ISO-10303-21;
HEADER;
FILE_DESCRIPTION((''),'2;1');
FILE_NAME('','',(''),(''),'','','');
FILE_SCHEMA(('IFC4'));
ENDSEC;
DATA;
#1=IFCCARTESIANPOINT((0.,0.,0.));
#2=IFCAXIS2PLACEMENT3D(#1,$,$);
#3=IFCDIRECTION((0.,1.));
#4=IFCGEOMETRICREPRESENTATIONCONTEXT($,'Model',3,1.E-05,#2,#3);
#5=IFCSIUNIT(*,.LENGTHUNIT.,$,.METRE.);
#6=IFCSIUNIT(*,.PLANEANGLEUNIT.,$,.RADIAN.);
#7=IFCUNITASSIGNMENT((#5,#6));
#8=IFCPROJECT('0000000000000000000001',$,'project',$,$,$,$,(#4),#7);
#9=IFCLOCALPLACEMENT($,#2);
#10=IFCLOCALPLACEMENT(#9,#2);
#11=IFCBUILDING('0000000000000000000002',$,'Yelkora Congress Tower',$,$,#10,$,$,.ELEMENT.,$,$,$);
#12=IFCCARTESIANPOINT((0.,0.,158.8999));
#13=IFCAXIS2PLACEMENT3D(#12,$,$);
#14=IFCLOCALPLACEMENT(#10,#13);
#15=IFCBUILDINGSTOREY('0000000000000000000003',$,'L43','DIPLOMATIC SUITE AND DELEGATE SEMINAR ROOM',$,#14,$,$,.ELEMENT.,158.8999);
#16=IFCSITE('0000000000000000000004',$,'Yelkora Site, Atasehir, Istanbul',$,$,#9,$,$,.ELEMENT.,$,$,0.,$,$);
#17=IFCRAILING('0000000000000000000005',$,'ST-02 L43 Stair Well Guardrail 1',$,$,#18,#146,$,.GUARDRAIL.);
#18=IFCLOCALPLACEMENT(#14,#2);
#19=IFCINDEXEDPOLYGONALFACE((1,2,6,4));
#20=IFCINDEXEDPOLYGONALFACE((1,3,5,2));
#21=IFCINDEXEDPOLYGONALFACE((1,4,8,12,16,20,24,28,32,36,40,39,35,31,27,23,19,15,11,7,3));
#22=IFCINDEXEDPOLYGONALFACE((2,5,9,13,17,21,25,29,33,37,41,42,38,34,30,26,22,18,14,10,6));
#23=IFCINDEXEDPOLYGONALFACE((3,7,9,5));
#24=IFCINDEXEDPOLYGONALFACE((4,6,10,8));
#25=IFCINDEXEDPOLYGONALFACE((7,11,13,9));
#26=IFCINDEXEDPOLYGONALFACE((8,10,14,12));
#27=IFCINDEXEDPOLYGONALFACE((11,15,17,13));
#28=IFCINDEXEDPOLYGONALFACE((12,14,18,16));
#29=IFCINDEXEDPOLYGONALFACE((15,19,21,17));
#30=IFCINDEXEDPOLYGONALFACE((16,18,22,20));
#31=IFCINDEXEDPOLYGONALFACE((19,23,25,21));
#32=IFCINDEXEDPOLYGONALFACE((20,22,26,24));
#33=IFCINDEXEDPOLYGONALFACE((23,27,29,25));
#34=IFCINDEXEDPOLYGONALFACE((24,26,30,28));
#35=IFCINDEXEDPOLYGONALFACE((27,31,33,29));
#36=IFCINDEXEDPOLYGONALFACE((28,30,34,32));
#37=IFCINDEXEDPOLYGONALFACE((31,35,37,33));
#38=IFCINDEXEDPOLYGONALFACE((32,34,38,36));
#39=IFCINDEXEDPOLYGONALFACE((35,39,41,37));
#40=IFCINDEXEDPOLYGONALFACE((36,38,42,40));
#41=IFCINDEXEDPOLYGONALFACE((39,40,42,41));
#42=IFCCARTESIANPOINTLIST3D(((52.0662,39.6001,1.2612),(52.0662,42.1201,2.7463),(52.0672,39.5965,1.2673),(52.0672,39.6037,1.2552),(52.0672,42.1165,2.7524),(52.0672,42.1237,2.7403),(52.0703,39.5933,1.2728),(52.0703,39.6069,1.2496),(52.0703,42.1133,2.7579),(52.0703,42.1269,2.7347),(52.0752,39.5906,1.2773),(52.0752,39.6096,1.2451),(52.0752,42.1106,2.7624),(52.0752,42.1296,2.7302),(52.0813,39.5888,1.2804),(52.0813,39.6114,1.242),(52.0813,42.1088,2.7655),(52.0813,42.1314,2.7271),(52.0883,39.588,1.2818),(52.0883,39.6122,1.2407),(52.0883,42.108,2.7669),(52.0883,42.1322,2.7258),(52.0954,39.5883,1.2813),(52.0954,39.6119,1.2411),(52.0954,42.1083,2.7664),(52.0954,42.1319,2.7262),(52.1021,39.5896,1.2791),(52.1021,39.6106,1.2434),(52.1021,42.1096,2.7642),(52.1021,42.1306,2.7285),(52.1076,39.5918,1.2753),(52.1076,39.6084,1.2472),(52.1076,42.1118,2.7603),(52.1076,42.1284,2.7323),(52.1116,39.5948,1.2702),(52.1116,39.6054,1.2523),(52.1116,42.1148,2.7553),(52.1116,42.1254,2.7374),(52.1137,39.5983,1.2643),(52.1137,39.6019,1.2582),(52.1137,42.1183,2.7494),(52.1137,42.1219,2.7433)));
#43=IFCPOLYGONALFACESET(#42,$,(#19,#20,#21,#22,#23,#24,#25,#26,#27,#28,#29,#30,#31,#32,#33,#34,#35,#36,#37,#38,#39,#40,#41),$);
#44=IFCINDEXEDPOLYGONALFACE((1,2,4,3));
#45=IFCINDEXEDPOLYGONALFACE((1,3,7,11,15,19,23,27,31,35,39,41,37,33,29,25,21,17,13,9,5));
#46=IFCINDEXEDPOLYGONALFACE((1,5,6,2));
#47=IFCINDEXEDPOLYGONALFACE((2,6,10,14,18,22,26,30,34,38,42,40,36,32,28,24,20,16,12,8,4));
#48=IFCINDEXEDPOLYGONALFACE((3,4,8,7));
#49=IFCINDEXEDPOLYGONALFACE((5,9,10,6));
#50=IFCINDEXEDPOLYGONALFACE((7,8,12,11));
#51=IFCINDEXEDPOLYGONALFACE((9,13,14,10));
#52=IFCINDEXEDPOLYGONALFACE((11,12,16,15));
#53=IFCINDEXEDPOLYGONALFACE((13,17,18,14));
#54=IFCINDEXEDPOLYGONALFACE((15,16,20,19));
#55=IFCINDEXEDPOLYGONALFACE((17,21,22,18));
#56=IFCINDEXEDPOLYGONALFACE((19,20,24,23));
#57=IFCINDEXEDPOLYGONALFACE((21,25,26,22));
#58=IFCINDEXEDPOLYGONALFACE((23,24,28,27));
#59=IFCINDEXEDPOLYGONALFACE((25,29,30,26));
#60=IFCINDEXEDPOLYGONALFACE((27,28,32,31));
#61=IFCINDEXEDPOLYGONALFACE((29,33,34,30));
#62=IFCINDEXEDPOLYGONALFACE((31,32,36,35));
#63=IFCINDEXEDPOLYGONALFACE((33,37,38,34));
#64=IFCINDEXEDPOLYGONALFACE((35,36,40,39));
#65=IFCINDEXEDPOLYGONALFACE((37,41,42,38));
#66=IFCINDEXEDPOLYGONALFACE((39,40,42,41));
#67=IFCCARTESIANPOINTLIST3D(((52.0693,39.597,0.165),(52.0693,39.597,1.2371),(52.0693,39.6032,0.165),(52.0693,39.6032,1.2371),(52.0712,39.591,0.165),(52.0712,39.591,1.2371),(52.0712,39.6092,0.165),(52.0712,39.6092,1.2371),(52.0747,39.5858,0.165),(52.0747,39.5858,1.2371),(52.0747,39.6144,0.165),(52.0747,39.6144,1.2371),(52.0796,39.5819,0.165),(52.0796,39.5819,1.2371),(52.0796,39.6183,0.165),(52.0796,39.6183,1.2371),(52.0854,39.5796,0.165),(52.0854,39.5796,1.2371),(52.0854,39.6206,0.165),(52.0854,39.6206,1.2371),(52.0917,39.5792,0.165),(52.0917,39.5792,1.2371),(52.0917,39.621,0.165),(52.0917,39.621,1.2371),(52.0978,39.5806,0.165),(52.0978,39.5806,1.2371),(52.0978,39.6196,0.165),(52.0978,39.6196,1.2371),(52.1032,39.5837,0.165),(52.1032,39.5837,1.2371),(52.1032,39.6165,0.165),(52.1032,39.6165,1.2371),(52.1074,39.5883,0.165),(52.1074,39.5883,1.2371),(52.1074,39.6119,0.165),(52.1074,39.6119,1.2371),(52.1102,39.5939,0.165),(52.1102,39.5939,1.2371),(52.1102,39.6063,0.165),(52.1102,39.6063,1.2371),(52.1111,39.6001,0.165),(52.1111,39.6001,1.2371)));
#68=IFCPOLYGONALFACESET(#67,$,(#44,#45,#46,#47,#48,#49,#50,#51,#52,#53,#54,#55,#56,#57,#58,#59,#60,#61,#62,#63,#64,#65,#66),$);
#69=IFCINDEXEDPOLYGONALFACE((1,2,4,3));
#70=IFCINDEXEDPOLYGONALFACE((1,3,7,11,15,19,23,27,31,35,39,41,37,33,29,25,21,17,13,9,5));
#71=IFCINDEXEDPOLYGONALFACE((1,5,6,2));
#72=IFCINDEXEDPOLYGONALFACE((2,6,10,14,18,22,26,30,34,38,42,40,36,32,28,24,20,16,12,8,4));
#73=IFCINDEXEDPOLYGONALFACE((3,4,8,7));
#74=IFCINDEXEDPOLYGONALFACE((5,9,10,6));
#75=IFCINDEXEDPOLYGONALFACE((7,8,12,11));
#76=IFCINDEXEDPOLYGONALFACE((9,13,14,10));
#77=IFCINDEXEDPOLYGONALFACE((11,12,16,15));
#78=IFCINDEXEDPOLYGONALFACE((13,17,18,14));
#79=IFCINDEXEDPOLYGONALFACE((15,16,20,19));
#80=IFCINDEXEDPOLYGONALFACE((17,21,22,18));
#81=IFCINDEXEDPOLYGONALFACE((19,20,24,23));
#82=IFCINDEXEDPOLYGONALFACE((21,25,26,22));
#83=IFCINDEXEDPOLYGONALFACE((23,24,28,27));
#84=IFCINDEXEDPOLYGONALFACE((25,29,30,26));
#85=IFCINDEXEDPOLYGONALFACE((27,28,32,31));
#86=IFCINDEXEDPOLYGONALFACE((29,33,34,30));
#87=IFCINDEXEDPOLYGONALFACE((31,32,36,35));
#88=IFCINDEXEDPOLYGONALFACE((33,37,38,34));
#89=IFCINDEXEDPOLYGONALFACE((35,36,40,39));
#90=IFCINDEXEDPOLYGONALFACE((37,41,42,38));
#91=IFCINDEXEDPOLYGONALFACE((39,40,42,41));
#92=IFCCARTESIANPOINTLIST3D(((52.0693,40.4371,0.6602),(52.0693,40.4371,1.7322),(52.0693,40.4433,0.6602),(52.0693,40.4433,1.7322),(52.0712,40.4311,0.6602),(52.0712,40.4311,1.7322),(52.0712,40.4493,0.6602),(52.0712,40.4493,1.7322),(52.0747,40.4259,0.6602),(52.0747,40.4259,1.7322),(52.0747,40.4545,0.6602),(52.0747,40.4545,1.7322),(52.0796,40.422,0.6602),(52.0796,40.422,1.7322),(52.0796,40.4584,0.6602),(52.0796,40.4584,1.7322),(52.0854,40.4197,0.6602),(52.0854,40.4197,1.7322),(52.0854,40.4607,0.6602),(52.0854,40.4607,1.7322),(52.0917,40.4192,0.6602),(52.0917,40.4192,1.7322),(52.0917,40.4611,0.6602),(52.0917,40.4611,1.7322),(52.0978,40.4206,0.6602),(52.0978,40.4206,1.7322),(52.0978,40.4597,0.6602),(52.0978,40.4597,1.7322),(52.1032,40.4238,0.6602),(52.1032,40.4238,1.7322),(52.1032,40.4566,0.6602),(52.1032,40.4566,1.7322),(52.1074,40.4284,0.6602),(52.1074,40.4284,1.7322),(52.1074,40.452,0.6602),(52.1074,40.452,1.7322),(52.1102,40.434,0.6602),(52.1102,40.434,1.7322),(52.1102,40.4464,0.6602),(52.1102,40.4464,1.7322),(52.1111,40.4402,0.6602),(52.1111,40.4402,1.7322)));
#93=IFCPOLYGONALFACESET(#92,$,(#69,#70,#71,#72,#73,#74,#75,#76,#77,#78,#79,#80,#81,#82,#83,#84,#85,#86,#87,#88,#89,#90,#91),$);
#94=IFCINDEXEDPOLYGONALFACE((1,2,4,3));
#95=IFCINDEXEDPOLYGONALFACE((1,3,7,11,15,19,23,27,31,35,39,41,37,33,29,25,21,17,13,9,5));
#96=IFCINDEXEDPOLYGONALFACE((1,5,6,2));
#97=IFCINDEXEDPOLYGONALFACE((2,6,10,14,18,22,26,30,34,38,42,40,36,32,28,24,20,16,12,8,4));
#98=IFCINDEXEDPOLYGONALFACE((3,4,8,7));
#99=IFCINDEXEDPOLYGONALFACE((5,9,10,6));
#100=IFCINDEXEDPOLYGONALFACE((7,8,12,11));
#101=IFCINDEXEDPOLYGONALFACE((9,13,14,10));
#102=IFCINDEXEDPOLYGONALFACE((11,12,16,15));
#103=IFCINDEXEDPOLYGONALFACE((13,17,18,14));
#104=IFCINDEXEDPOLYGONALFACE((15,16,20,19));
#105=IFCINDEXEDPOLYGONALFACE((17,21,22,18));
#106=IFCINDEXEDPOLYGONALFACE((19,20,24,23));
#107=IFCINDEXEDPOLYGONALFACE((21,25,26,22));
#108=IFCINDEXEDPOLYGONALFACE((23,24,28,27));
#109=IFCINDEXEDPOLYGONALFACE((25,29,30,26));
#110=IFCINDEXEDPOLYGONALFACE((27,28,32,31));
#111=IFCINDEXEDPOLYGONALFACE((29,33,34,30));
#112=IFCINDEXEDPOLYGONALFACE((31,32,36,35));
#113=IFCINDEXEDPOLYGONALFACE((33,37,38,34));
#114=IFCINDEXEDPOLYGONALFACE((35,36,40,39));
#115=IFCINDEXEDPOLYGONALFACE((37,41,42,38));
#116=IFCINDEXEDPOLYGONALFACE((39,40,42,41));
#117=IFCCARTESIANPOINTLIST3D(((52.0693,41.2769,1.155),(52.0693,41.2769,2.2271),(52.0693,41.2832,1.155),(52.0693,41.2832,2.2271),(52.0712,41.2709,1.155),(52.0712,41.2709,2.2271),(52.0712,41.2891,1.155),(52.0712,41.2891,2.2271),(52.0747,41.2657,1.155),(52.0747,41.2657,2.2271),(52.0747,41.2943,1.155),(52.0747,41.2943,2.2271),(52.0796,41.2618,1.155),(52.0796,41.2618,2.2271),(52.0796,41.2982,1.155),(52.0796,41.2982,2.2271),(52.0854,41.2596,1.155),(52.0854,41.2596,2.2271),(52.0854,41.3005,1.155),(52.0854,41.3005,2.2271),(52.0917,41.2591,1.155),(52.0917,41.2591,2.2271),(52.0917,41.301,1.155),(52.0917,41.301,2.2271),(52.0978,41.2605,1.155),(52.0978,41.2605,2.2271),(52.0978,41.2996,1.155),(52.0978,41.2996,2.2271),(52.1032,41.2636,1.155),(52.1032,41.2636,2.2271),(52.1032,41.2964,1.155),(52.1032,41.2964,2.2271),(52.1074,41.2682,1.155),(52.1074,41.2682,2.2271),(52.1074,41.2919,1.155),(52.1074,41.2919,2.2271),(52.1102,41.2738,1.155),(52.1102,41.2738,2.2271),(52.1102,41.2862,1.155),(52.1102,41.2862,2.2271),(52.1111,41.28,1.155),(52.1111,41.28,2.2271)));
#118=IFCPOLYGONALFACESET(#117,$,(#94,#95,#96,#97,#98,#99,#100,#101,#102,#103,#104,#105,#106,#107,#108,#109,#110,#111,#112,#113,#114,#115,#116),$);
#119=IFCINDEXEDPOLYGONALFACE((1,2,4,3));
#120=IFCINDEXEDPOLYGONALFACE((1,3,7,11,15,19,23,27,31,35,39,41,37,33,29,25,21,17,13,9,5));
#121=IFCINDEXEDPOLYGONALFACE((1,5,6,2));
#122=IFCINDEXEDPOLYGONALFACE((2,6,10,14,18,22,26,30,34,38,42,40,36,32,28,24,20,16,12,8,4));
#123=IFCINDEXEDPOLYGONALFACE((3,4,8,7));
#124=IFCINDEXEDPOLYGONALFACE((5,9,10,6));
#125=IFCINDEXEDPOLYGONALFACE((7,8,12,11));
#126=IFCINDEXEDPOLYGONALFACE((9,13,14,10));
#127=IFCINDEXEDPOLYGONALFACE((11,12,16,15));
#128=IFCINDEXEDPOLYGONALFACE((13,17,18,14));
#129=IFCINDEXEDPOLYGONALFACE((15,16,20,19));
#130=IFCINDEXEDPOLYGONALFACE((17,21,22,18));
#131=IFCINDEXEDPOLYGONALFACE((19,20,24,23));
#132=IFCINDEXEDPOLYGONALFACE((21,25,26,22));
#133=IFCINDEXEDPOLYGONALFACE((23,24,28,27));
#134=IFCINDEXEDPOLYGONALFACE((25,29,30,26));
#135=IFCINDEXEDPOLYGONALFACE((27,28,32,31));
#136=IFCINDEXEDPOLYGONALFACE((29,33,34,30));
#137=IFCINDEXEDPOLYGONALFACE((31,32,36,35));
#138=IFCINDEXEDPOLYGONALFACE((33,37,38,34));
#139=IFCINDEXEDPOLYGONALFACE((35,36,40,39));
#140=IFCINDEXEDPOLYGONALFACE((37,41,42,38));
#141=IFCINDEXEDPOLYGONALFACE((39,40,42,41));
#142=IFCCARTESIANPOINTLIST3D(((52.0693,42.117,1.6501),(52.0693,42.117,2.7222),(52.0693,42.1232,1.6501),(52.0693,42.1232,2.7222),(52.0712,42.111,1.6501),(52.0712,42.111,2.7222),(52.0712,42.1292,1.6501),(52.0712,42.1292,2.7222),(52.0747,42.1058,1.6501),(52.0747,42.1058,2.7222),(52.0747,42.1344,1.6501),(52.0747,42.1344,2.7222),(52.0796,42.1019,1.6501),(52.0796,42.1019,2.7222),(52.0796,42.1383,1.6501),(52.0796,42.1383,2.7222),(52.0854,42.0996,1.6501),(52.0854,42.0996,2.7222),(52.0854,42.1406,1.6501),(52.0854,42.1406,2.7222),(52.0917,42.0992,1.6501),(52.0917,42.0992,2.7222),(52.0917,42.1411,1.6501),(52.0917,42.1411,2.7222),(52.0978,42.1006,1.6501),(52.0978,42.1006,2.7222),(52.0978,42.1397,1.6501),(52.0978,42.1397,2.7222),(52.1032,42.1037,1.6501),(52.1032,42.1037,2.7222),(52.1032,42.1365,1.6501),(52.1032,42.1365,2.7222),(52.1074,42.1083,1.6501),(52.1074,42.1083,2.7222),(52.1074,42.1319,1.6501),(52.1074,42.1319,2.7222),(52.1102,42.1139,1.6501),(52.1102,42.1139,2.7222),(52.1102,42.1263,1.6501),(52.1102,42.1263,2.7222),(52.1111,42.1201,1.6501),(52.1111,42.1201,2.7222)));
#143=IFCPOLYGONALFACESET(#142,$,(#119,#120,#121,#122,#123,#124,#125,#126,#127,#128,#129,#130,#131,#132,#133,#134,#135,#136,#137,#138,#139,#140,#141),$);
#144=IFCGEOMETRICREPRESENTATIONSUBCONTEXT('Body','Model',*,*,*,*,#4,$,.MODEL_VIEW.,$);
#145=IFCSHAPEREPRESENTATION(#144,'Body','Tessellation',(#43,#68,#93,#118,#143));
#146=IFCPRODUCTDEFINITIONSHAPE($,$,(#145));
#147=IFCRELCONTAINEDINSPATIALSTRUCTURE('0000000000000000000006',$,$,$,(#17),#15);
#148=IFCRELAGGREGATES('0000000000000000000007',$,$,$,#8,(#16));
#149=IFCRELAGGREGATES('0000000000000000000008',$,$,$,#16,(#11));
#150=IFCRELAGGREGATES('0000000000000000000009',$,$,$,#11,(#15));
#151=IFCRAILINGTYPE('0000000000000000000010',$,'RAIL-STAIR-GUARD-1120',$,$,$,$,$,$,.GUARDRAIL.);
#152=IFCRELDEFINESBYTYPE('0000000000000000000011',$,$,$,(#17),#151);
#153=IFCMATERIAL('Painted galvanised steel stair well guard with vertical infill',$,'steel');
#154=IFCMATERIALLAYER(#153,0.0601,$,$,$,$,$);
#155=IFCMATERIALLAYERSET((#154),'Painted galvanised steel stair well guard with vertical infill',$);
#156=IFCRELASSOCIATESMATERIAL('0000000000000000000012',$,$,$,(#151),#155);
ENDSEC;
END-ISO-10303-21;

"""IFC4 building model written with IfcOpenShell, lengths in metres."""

from ifc_helpers import new_model, si_unit, direction, frame, origin, origin_2d, place, context, subcontext, project, spatial, circle, extrude, material, layer, layer_set, type_object, element, save


model = new_model("IFC4")

# Units and contexts
model_context = context("Model", 3, precision=1e-05, world=origin(), true_north=direction((0.0, 1.0)))
body_context = subcontext(model_context, "Body", "Model", "MODEL_VIEW")
ifc_project = project(units=[si_unit("LENGTHUNIT", "METRE"), si_unit("PLANEANGLEUNIT", "RADIAN")], contexts=[model_context])

# Site, building, storey
site_placement = place(None, origin())
site = spatial("IfcSite", under=ifc_project, at=site_placement, Name="Yelkora Site, Atasehir, Istanbul", CompositionType="ELEMENT", RefElevation=0.0)
building_placement = place(site_placement, origin())
building = spatial("IfcBuilding", under=site, at=building_placement, Name="Yelkora Congress Tower", CompositionType="ELEMENT")
storey_placement = place(building_placement, frame((0.0, 0.0, 158.8999)))
storey = spatial("IfcBuildingStorey", under=building, at=storey_placement, Name="L43", Description="DIPLOMATIC SUITE AND DELEGATE SEMINAR ROOM", CompositionType="ELEMENT", Elevation=158.8999)

# Railing
ifc_material_1 = material(Name="Painted galvanised steel stair well guard with vertical infill", Category="steel")
ifc_layer_1 = layer(ifc_material_1, 0.0601)
ifc_layer_set_1 = layer_set([ifc_layer_1], Name="Painted galvanised steel stair well guard with vertical infill")
railing_type_1 = type_object("IfcRailingType", Name="RAIL-STAIR-GUARD-1120", PredefinedType="GUARDRAIL", material=ifc_layer_set_1)
railing_1_placement = place(storey_placement, frame((52.0901, 39.6001, 0.165)))
element("IfcRailing", 1, at=railing_1_placement, inside=storey, type_object=railing_type_1, Name="ST-02 L43 Stair Well Guardrail 1", PredefinedType="GUARDRAIL", context=body_context, shape_type="SweptSolid", body=[
    extrude(circle(Radius=0.0239, at=origin_2d()), frame((0.0, 0.0, 1.0962), z_axis=(0.0, 0.861524, 0.507717), x_axis=(-1.0, 0.0, 0.0)), (0.0, 0.0, 1.0), 2.925),
    extrude(circle(Radius=0.021, at=origin_2d()), origin(), (0.0, 0.0, 1.0), 1.072),
    extrude(circle(Radius=0.021, at=origin_2d()), frame((0.0, 0.8401, 0.4951)), (0.0, 0.0, 1.0), 1.072),
    extrude(circle(Radius=0.021, at=origin_2d()), frame((0.0, 1.6799, 0.99)), (0.0, 0.0, 1.0), 1.072),
    extrude(circle(Radius=0.021, at=origin_2d()), frame((0.0, 2.52, 1.4851)), (0.0, 0.0, 1.0), 1.072),
])

save(model, "model.ifc")
